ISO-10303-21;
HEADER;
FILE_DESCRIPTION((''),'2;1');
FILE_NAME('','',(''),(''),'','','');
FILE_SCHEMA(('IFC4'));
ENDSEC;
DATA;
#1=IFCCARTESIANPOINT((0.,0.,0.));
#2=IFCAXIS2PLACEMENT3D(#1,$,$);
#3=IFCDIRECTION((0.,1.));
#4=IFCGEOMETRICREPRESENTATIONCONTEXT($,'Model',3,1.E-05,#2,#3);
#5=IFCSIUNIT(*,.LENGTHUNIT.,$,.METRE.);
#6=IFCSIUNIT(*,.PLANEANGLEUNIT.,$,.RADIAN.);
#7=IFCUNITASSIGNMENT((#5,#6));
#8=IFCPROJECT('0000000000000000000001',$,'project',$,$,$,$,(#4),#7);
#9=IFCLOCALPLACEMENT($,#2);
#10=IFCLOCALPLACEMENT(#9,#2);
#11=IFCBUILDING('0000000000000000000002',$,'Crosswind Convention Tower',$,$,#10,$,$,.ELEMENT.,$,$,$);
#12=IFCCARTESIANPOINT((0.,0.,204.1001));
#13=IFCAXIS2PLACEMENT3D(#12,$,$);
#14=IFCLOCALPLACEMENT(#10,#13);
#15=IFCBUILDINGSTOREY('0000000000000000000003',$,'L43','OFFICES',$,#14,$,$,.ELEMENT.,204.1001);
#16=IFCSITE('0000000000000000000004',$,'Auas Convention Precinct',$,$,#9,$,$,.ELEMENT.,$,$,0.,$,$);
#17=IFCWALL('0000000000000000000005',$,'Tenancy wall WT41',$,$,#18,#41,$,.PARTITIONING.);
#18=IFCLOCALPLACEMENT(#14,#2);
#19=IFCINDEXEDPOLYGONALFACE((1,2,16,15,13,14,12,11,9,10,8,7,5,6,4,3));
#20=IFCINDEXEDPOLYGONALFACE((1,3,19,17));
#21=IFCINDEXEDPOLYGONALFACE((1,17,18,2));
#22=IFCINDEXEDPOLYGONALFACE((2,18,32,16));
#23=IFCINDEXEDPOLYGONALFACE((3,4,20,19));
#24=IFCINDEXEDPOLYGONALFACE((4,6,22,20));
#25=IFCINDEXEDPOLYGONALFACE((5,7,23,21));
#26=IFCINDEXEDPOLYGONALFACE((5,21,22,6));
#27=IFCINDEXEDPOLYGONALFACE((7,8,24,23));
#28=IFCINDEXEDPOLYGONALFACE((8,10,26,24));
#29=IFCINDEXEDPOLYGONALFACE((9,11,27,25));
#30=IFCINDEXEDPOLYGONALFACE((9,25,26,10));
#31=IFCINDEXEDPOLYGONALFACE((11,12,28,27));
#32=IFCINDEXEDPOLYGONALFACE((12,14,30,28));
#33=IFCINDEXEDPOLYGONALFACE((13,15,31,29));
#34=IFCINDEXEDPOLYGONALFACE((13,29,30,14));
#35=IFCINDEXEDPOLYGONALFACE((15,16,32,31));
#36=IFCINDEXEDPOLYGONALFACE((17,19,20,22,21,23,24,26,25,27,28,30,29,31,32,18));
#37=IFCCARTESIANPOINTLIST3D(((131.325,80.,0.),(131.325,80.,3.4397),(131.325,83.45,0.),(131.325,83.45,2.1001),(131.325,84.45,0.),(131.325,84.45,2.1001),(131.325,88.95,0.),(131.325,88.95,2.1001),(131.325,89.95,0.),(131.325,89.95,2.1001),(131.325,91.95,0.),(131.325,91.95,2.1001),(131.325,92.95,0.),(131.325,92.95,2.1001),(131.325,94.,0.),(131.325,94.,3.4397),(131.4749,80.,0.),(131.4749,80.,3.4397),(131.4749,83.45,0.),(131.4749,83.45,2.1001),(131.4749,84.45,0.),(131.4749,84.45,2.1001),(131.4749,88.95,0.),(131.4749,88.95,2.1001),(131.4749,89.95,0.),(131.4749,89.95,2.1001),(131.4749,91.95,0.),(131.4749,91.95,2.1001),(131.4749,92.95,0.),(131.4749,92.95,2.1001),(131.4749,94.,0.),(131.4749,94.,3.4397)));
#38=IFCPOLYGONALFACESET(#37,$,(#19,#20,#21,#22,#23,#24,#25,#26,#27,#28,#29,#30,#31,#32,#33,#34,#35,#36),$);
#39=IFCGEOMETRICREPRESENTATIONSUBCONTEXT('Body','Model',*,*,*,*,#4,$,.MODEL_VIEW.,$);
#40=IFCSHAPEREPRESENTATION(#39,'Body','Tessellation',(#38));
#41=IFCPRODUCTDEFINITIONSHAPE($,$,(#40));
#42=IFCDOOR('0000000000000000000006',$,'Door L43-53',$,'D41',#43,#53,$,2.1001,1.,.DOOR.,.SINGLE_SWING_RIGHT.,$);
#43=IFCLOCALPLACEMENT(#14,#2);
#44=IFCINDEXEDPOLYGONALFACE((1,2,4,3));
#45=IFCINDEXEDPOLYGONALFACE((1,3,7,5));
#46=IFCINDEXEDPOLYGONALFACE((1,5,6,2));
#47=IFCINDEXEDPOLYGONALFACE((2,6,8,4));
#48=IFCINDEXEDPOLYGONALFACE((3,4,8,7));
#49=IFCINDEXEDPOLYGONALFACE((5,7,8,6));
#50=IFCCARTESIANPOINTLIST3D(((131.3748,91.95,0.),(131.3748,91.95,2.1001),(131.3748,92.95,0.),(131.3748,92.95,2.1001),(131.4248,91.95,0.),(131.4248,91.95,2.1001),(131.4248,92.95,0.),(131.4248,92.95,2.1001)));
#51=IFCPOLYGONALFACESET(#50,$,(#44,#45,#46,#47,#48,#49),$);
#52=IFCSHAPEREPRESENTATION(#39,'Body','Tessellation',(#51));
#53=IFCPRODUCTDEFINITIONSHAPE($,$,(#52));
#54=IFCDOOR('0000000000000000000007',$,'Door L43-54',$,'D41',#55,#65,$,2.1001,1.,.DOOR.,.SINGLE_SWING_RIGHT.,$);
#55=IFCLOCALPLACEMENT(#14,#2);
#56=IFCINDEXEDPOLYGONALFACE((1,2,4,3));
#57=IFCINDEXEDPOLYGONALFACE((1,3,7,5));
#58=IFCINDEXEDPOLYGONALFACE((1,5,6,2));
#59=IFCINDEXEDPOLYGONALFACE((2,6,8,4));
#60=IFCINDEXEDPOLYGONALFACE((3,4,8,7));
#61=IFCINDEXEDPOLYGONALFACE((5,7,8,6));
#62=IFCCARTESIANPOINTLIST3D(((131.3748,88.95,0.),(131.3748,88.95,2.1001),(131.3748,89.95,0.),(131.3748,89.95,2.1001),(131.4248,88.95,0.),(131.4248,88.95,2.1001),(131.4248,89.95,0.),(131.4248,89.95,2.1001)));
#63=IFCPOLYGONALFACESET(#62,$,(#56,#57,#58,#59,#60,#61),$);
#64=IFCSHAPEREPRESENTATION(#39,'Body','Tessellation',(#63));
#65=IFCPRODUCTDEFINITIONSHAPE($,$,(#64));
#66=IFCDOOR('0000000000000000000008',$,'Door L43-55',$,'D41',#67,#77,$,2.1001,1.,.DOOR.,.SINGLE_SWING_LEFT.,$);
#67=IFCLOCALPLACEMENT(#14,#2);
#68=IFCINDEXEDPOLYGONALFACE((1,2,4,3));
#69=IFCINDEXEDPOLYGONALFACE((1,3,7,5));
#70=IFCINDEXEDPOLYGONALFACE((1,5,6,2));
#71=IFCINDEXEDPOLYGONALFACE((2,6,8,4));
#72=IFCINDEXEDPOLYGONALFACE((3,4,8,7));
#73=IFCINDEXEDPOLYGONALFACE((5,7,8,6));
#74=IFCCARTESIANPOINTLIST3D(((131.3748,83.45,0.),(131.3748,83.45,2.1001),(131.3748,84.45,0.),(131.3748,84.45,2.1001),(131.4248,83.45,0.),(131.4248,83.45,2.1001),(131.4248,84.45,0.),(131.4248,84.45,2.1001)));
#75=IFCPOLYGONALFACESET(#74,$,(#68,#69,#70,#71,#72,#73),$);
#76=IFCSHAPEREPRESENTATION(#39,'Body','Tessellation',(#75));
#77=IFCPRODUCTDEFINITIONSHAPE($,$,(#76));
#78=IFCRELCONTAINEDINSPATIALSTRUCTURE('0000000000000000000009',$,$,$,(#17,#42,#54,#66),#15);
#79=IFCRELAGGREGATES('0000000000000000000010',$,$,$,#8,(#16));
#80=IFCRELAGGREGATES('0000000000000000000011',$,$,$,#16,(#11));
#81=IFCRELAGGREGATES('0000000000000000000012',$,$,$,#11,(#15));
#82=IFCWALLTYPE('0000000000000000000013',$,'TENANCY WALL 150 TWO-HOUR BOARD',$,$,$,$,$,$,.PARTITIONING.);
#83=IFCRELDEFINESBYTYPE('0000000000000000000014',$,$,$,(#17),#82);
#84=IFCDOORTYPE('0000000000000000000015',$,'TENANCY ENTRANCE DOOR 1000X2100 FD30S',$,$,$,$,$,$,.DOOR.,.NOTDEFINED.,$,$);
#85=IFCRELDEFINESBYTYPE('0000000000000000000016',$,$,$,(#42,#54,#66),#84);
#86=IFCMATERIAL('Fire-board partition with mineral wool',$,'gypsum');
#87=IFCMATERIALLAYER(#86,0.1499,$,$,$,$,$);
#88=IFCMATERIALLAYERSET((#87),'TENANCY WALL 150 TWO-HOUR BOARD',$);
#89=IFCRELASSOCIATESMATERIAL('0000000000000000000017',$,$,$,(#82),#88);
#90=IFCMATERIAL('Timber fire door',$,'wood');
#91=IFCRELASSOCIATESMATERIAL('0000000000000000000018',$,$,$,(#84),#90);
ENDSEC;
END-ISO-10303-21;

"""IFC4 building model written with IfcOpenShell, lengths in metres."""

from ifc_helpers import new_model, si_unit, direction, frame, frame_2d, origin, place, context, subcontext, project, spatial, rectangle, extrude, material, layer, layer_set, type_object, element, fill, save


model = new_model("IFC4")

# Units and contexts
model_context = context("Model", 3, precision=1e-05, world=origin(), true_north=direction((0.0, 1.0)))
body_context = subcontext(model_context, "Body", "Model", "MODEL_VIEW")
ifc_project = project(units=[si_unit("LENGTHUNIT", "METRE"), si_unit("PLANEANGLEUNIT", "RADIAN")], contexts=[model_context])

# Site, building, storey
site_placement = place(None, origin())
site = spatial("IfcSite", under=ifc_project, at=site_placement, Name="Auas Convention Precinct", CompositionType="ELEMENT", RefElevation=0.0)
building_placement = place(site_placement, origin())
building = spatial("IfcBuilding", under=site, at=building_placement, Name="Crosswind Convention Tower", CompositionType="ELEMENT")
storey_placement = place(building_placement, frame((0.0, 0.0, 204.1001)))
storey = spatial("IfcBuildingStorey", under=building, at=storey_placement, Name="L43", Description="OFFICES", CompositionType="ELEMENT", Elevation=204.1001)

# Wall, openings, doors
ifc_material_1 = material(Name="Fire-board partition with mineral wool", Category="gypsum")
ifc_layer_1 = layer(ifc_material_1, 0.1499)
ifc_layer_set_1 = layer_set([ifc_layer_1], Name="TENANCY WALL 150 TWO-HOUR BOARD")
wall_type_1 = type_object("IfcWallType", Name="TENANCY WALL 150 TWO-HOUR BOARD", PredefinedType="PARTITIONING", material=ifc_layer_set_1)
wall_1_placement = place(storey_placement, frame((131.3999, 80.0, 0.0), z_axis=(0.0, 0.0, 1.0), x_axis=(0.0, 1.0, 0.0)))
wall_1 = element("IfcWall", 1, at=wall_1_placement, inside=storey, type_object=wall_type_1, Name="Tenancy wall WT41", PredefinedType="PARTITIONING", context=body_context, shape_type="SweptSolid", body=[
    extrude(rectangle(XDim=14.0, YDim=0.1499, at=frame_2d((7.0, 0.0))), origin(), (0.0, 0.0, 1.0), 3.4397),
])
opening_1_placement = place(wall_1_placement, frame((11.95, 0.0, 0.0)))
opening_1 = element("IfcOpeningElement", 2, at=opening_1_placement, cuts=wall_1, PredefinedType="OPENING", context=body_context, shape_type="SweptSolid", body=[
    extrude(rectangle(XDim=1.0, YDim=2.1001, at=frame_2d((0.5, 1.05))), frame((0.0, 0.085, 0.0), z_axis=(0.0, -1.0, 0.0), x_axis=(1.0, 0.0, 0.0)), (0.0, 0.0, 1.0), 0.1699),
])
opening_2_placement = place(wall_1_placement, frame((8.95, 0.0, 0.0)))
opening_2 = element("IfcOpeningElement", 3, at=opening_2_placement, cuts=wall_1, PredefinedType="OPENING", context=body_context, shape_type="SweptSolid", body=[
    extrude(rectangle(XDim=1.0, YDim=2.1001, at=frame_2d((0.5, 1.05))), frame((0.0, 0.085, 0.0), z_axis=(0.0, -1.0, 0.0), x_axis=(1.0, 0.0, 0.0)), (0.0, 0.0, 1.0), 0.1699),
])
opening_3_placement = place(wall_1_placement, frame((3.45, 0.0, 0.0)))
opening_3 = element("IfcOpeningElement", 4, at=opening_3_placement, cuts=wall_1, PredefinedType="OPENING", context=body_context, shape_type="SweptSolid", body=[
    extrude(rectangle(XDim=1.0, YDim=2.1001, at=frame_2d((0.5, 1.05))), frame((0.0, 0.085, 0.0), z_axis=(0.0, -1.0, 0.0), x_axis=(1.0, 0.0, 0.0)), (0.0, 0.0, 1.0), 0.1699),
])
ifc_material_2 = material(Name="Timber fire door", Category="wood")
door_type = type_object("IfcDoorType", Name="TENANCY ENTRANCE DOOR 1000X2100 FD30S", OperationType="NOTDEFINED", PredefinedType="DOOR", material=ifc_material_2)
door_1_placement = place(opening_1_placement, frame((1.0, 0.0, 0.0), z_axis=(0.0, 0.0, 1.0), x_axis=(-1.0, 0.0, 0.0)))
door_1 = element("IfcDoor", 5, at=door_1_placement, inside=storey, type_object=door_type, Name="Door L43-53", ObjectType="D41", OperationType="SINGLE_SWING_RIGHT", OverallHeight=2.1001, OverallWidth=1.0, PredefinedType="DOOR", context=body_context, shape_type="SweptSolid", body=[
    extrude(rectangle(XDim=1.0, YDim=2.1001, at=frame_2d((0.5, 1.05))), frame((0.0, 0.0249, 0.0), z_axis=(0.0, -1.0, 0.0), x_axis=(1.0, 0.0, 0.0)), (0.0, 0.0, 1.0), 0.05),
])
fill(opening_1, door_1)
door_2_placement = place(opening_2_placement, frame((1.0, 0.0, 0.0), z_axis=(0.0, 0.0, 1.0), x_axis=(-1.0, 0.0, 0.0)))
door_2 = element("IfcDoor", 6, at=door_2_placement, inside=storey, type_object=door_type, Name="Door L43-54", ObjectType="D41", OperationType="SINGLE_SWING_RIGHT", OverallHeight=2.1001, OverallWidth=1.0, PredefinedType="DOOR", context=body_context, shape_type="SweptSolid", body=[
    extrude(rectangle(XDim=1.0, YDim=2.1001, at=frame_2d((0.5, 1.05))), frame((0.0, 0.0249, 0.0), z_axis=(0.0, -1.0, 0.0), x_axis=(1.0, 0.0, 0.0)), (0.0, 0.0, 1.0), 0.05),
])
fill(opening_2, door_2)
door_3_placement = place(opening_3_placement, frame((1.0, 0.0, 0.0), z_axis=(0.0, 0.0, 1.0), x_axis=(-1.0, 0.0, 0.0)))
door_3 = element("IfcDoor", 7, at=door_3_placement, inside=storey, type_object=door_type, Name="Door L43-55", ObjectType="D41", OperationType="SINGLE_SWING_LEFT", OverallHeight=2.1001, OverallWidth=1.0, PredefinedType="DOOR", context=body_context, shape_type="SweptSolid", body=[
    extrude(rectangle(XDim=1.0, YDim=2.1001, at=frame_2d((0.5, 1.05))), frame((0.0, 0.0249, 0.0), z_axis=(0.0, -1.0, 0.0), x_axis=(1.0, 0.0, 0.0)), (0.0, 0.0, 1.0), 0.05),
])
fill(opening_3, door_3)

save(model, "model.ifc")
